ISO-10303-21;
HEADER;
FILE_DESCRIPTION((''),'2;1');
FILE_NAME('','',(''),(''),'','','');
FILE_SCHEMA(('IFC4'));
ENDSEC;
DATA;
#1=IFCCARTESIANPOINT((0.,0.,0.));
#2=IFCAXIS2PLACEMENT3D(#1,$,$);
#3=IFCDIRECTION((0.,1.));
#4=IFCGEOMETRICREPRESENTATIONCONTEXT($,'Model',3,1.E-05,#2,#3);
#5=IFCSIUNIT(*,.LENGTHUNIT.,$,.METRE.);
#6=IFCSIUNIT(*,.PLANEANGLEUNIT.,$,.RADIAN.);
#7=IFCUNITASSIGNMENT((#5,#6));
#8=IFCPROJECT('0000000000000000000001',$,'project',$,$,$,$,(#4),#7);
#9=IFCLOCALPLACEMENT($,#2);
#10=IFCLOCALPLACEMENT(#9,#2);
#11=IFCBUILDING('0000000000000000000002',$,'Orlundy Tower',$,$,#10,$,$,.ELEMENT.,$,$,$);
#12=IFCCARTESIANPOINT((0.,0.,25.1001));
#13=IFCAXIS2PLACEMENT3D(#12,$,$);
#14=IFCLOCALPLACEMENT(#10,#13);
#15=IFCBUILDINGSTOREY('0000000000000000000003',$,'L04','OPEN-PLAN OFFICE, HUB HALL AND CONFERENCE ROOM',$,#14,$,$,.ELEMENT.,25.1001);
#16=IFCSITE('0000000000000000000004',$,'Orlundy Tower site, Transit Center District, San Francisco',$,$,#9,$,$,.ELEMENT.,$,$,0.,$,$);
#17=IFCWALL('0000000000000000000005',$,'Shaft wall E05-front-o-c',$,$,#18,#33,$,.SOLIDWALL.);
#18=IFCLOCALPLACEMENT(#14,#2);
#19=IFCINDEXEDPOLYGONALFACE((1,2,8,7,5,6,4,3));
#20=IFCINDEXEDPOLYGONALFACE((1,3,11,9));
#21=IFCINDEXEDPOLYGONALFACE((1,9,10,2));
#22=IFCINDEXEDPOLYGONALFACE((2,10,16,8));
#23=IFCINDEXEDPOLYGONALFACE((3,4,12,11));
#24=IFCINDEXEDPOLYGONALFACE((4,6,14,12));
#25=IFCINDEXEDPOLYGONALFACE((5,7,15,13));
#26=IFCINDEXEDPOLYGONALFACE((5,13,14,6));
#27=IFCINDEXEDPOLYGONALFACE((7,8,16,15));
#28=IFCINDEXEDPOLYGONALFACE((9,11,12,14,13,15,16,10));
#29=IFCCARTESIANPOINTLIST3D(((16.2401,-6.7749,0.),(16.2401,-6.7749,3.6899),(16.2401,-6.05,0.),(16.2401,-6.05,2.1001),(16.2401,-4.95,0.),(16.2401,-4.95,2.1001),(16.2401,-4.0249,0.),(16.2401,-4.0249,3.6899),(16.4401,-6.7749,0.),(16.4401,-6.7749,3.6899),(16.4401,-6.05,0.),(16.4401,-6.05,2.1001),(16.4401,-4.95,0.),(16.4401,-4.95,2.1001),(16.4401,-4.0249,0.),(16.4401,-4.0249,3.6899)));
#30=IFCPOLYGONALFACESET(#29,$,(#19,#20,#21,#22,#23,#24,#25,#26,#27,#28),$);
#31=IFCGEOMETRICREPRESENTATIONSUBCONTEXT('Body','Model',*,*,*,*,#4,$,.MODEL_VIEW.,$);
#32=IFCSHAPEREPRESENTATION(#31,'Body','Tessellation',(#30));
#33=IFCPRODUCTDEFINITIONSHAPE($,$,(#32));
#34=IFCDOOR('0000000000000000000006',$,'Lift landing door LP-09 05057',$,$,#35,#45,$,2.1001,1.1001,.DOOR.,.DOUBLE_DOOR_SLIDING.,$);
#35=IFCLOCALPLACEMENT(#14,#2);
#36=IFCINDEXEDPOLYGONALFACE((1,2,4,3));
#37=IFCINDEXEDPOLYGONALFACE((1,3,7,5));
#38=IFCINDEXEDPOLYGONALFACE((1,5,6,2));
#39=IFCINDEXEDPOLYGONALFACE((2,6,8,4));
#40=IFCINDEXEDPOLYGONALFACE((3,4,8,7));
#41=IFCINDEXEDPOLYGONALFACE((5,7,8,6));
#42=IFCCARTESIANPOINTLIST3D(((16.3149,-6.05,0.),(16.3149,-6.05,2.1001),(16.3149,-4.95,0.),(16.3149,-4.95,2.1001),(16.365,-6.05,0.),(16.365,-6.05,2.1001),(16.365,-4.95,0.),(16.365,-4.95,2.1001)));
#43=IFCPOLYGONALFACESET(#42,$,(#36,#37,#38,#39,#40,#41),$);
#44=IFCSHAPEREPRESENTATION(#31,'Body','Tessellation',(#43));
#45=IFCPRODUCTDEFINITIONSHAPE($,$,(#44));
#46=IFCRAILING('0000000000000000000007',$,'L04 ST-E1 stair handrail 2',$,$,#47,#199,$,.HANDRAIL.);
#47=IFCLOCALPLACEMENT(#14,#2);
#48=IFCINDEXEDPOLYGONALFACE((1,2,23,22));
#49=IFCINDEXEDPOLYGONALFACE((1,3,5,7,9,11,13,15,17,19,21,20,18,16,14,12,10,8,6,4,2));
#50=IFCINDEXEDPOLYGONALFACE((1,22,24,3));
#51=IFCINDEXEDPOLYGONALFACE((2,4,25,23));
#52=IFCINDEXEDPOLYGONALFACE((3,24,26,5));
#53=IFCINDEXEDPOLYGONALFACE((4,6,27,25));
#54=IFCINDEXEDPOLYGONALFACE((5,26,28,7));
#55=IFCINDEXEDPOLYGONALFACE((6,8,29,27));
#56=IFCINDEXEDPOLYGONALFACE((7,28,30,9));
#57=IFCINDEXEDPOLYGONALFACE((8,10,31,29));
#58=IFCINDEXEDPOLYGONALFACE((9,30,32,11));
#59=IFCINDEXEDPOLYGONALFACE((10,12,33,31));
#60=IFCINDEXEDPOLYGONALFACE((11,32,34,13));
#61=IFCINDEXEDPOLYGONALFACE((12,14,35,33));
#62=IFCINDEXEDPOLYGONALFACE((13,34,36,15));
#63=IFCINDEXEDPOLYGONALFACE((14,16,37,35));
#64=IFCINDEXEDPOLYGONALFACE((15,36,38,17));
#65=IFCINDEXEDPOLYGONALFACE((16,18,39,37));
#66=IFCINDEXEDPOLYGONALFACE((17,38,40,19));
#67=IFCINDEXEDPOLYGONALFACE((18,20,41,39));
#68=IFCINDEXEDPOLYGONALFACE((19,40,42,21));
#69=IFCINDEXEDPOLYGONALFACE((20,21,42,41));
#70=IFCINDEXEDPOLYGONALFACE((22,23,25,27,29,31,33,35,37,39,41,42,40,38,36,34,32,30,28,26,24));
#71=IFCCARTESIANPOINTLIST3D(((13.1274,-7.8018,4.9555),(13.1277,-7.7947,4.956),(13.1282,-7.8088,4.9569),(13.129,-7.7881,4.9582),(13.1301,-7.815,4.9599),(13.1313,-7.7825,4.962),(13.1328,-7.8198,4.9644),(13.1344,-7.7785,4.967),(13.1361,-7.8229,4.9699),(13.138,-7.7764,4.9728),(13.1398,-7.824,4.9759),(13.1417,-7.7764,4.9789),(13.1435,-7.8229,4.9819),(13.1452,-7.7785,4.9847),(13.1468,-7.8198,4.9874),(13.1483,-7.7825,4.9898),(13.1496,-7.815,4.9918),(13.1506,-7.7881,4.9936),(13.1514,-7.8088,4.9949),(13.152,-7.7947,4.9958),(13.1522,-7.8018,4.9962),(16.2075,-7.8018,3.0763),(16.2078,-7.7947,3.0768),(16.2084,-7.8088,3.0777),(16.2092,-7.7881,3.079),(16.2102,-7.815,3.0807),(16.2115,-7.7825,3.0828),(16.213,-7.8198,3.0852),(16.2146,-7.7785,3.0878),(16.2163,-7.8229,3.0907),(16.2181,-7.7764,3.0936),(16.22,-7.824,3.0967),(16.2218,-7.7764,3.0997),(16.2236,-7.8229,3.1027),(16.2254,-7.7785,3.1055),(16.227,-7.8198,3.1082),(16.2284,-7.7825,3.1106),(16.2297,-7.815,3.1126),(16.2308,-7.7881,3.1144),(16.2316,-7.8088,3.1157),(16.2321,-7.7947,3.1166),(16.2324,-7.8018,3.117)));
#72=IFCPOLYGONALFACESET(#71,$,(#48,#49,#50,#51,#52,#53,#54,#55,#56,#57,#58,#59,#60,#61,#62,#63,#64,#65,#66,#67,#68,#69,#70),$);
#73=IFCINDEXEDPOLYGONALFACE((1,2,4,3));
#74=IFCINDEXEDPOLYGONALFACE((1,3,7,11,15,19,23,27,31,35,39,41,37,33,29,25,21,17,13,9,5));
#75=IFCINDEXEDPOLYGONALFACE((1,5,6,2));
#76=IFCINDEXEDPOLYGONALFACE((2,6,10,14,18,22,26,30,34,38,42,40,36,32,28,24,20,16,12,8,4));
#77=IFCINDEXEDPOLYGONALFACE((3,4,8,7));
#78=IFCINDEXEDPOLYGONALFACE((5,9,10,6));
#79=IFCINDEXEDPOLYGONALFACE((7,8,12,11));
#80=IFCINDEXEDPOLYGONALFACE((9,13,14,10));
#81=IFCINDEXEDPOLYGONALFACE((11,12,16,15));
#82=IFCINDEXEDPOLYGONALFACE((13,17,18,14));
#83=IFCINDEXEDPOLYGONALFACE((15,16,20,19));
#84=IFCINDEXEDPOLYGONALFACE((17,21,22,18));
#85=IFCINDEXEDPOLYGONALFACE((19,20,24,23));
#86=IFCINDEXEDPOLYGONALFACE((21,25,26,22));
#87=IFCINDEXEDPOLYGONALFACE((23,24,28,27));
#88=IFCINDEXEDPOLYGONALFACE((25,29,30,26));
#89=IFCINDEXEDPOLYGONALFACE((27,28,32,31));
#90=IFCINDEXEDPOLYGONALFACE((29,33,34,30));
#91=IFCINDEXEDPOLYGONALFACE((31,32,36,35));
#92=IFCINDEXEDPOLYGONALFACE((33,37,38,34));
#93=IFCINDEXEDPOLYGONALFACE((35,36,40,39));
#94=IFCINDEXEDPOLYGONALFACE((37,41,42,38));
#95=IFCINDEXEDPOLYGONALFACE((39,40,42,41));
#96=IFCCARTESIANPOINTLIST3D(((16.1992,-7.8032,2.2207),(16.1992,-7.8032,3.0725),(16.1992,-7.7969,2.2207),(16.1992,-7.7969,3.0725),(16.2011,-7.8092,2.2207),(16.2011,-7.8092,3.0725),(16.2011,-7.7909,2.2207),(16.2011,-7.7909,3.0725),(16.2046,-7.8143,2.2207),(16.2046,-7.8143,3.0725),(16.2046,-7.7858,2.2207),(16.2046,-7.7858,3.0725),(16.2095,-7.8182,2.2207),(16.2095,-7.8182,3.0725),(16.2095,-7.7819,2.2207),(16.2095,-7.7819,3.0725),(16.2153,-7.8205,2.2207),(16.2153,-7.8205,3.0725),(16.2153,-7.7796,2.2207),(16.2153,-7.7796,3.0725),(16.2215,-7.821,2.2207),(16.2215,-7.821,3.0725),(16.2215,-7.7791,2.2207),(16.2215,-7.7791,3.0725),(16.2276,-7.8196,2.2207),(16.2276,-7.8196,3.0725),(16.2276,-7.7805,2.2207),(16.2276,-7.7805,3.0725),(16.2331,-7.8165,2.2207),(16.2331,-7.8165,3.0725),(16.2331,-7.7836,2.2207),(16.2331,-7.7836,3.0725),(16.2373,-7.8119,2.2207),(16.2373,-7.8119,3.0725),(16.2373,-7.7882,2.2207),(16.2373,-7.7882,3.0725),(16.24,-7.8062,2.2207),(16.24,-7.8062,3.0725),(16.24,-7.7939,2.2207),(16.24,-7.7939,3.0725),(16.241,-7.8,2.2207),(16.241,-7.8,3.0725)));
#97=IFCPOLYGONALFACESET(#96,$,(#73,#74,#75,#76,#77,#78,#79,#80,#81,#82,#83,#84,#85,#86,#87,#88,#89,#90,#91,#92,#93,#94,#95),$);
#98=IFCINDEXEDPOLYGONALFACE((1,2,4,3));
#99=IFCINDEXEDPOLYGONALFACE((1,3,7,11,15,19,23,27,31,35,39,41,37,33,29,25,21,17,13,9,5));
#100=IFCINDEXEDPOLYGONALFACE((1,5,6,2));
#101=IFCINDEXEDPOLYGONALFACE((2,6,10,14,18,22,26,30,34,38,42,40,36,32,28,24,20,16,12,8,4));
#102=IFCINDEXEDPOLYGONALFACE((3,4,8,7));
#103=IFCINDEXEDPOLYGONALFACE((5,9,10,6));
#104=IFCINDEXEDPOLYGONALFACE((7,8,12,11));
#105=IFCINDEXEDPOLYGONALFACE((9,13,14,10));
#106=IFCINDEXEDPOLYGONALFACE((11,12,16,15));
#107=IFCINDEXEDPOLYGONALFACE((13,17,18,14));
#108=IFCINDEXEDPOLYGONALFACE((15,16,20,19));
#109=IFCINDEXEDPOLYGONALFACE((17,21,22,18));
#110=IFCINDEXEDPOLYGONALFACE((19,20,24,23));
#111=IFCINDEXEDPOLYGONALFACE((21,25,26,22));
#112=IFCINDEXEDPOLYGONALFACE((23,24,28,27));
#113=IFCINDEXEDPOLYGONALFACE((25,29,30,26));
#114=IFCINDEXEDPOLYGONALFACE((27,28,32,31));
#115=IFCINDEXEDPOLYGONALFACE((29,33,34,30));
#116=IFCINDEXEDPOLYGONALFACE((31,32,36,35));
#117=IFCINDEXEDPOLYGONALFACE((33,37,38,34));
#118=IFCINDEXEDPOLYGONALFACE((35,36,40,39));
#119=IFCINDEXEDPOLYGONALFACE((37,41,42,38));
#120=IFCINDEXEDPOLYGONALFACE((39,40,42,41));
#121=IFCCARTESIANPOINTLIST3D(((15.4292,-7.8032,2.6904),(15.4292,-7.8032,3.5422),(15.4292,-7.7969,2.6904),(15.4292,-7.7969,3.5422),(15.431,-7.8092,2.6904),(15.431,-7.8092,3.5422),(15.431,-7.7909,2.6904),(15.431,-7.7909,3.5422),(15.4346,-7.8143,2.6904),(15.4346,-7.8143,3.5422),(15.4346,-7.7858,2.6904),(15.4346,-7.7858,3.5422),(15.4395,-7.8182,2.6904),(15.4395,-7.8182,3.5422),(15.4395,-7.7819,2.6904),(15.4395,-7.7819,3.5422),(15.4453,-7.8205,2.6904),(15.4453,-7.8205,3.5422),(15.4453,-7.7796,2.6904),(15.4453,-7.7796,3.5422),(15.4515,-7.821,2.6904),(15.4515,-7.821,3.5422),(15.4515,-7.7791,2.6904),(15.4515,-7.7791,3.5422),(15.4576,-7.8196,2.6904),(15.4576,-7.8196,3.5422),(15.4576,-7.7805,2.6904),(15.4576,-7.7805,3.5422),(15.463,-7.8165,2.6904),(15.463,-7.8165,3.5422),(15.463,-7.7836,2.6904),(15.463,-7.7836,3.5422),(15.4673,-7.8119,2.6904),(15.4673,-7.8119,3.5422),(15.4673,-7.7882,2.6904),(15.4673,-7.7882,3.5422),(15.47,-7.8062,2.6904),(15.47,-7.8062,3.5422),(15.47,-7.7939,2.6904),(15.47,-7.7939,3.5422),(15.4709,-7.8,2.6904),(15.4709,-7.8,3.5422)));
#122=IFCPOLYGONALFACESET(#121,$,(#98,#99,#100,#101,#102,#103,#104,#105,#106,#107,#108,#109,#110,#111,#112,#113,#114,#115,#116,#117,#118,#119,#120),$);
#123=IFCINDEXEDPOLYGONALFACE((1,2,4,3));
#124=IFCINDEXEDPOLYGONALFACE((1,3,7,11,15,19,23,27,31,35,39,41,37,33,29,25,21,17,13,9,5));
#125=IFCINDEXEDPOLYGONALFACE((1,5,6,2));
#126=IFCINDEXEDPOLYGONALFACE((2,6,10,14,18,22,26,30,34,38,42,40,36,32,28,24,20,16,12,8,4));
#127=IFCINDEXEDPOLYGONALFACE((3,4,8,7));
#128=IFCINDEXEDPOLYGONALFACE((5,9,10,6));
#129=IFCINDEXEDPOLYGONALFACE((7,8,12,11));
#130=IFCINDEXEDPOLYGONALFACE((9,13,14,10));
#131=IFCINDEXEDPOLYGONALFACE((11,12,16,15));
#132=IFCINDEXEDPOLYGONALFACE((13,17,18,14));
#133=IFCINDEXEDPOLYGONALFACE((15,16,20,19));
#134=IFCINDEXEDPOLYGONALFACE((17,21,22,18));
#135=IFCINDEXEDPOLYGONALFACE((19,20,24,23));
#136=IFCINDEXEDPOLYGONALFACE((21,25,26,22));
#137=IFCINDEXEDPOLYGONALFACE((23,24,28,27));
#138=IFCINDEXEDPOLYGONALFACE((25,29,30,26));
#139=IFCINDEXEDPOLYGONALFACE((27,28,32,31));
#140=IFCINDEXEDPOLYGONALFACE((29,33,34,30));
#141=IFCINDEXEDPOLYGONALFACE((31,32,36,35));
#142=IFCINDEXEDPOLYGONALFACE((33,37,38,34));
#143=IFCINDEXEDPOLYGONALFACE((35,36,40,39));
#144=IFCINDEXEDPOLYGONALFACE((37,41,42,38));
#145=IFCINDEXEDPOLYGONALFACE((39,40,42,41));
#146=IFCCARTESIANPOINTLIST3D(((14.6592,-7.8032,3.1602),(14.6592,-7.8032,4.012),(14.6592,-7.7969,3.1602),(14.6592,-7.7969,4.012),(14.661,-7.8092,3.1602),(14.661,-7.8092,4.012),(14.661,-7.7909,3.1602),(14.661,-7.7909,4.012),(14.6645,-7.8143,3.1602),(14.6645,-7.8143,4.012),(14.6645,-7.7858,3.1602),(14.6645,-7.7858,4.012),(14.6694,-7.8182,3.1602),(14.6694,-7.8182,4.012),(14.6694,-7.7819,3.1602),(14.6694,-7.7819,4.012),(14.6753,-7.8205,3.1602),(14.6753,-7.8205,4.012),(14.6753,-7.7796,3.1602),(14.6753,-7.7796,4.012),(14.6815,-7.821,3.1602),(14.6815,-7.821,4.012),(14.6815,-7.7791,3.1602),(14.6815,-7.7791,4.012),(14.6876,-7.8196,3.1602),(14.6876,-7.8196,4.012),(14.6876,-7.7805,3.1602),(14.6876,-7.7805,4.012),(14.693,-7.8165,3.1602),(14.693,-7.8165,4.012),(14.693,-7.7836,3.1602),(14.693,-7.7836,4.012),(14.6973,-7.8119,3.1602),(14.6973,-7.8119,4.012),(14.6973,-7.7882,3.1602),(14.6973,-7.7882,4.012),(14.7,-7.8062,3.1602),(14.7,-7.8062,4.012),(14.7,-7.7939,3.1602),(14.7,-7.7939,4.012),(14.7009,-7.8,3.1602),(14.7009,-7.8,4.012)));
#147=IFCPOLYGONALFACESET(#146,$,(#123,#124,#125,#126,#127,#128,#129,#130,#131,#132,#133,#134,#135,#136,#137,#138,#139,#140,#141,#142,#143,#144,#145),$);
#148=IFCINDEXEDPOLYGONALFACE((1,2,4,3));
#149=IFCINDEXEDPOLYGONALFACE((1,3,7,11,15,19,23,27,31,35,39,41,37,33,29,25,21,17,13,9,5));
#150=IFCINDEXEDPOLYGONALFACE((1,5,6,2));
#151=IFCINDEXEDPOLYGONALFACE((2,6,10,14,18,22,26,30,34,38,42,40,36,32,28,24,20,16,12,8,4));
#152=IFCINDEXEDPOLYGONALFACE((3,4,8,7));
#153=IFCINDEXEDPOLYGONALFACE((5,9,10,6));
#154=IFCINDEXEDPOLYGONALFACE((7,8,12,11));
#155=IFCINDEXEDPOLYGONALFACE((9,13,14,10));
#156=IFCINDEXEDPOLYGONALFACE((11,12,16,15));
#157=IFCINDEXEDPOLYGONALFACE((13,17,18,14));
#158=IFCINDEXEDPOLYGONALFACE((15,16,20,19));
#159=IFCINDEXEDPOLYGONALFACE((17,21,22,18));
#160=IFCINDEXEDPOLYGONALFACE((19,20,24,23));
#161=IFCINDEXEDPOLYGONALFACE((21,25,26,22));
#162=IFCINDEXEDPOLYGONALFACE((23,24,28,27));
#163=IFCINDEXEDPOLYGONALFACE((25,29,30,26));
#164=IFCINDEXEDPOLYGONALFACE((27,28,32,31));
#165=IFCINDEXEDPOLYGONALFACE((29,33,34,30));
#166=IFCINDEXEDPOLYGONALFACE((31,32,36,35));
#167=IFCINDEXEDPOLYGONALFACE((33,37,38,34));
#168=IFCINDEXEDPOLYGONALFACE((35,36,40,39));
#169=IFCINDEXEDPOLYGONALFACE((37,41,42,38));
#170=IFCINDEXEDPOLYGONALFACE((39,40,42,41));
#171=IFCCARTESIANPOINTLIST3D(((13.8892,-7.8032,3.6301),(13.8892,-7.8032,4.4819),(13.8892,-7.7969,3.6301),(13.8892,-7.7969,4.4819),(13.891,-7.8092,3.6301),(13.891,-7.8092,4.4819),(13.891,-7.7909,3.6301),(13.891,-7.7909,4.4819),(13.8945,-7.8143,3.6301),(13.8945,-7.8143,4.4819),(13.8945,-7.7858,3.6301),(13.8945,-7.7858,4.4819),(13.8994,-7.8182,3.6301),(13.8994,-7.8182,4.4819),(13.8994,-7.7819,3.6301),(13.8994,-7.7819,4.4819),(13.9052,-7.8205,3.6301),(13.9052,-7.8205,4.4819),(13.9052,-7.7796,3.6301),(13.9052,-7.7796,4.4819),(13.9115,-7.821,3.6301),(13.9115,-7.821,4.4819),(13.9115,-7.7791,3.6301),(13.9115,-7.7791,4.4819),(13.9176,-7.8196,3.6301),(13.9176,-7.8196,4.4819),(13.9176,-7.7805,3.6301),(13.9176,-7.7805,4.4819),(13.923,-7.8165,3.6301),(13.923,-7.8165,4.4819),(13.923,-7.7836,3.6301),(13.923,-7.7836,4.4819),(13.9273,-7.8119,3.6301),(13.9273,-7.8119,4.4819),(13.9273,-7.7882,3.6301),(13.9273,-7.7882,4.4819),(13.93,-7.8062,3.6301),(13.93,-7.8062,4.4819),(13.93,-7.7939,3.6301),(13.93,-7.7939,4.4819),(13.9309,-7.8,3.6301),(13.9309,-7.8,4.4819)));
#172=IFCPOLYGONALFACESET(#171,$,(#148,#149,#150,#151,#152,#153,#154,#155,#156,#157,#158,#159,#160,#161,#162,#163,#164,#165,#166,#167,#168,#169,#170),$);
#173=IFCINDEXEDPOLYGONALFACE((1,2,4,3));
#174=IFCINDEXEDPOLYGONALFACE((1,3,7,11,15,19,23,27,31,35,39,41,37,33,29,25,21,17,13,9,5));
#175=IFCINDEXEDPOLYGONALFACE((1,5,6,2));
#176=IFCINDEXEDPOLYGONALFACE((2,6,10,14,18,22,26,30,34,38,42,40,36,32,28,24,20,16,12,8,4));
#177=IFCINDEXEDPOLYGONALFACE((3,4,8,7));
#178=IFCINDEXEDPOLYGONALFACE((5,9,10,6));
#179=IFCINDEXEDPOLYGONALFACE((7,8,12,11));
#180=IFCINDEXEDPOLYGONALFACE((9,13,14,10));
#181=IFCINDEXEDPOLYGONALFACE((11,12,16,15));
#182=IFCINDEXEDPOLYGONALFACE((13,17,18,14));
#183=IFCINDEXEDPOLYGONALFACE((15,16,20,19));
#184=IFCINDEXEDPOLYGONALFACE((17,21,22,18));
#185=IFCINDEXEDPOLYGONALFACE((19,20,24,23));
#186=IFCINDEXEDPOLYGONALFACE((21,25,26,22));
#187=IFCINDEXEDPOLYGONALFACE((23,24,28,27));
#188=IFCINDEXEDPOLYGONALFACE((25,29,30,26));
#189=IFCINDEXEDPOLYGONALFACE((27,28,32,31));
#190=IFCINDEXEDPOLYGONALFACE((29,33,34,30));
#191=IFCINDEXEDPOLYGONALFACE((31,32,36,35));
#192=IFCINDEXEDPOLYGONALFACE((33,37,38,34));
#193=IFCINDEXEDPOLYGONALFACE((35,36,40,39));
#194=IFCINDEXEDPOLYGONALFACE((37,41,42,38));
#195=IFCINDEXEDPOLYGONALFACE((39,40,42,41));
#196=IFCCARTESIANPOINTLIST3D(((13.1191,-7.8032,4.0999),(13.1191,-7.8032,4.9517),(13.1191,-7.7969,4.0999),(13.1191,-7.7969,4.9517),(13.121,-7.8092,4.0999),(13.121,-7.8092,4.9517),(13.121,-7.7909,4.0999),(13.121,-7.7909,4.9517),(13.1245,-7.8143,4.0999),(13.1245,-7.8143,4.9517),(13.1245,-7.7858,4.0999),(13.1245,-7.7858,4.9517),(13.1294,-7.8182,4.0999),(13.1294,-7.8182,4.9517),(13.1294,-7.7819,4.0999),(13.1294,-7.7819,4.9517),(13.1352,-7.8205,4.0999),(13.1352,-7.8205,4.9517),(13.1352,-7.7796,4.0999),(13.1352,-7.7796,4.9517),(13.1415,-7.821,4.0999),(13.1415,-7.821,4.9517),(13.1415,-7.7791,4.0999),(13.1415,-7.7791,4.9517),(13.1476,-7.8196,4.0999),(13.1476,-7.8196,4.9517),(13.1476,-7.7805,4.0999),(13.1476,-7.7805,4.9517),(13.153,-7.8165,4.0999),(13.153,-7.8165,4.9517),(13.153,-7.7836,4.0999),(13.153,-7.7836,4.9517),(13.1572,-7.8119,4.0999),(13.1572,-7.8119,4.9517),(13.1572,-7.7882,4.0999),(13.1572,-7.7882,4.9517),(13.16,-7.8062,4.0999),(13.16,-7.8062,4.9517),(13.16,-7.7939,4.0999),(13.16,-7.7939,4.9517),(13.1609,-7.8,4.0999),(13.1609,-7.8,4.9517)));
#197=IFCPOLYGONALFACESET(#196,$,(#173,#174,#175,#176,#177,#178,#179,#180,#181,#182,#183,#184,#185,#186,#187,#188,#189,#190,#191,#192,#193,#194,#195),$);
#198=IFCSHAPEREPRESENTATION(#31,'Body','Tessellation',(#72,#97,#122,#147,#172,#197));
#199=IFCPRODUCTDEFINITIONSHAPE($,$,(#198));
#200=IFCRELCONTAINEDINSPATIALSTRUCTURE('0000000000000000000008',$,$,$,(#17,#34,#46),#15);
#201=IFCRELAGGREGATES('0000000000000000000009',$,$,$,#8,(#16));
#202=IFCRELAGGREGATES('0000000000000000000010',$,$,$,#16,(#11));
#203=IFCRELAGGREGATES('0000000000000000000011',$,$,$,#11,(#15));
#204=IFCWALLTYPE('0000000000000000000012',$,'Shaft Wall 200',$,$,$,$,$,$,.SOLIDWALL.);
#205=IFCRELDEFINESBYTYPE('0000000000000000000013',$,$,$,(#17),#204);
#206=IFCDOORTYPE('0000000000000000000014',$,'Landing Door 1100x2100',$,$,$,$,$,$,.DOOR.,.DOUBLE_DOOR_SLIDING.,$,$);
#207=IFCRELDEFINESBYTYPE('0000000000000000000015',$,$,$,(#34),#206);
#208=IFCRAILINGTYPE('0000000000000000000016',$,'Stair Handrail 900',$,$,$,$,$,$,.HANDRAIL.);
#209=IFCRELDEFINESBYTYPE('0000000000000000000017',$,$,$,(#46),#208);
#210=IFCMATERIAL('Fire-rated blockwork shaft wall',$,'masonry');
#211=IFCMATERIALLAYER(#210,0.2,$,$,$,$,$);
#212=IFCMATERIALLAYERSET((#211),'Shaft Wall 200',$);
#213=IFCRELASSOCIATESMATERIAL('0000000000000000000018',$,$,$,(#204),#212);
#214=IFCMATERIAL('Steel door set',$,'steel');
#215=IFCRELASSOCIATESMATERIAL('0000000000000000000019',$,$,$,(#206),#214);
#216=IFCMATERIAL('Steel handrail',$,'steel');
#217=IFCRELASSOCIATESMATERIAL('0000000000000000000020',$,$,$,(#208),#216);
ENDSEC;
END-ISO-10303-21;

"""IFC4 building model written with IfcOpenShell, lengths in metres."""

from ifc_helpers import new_model, si_unit, direction, frame, frame_2d, origin, origin_2d, place, context, subcontext, project, spatial, rectangle, circle, extrude, material, layer, layer_set, type_object, element, fill, save


model = new_model("IFC4")

# Units and contexts
model_context = context("Model", 3, precision=1e-05, world=origin(), true_north=direction((0.0, 1.0)))
body_context = subcontext(model_context, "Body", "Model", "MODEL_VIEW")
ifc_project = project(units=[si_unit("LENGTHUNIT", "METRE"), si_unit("PLANEANGLEUNIT", "RADIAN")], contexts=[model_context])

# Site, building, storey
site_placement = place(None, origin())
site = spatial("IfcSite", under=ifc_project, at=site_placement, Name="Orlundy Tower site, Transit Center District, San Francisco", CompositionType="ELEMENT", RefElevation=0.0)
building_placement = place(site_placement, origin())
building = spatial("IfcBuilding", under=site, at=building_placement, Name="Orlundy Tower", CompositionType="ELEMENT")
storey_placement = place(building_placement, frame((0.0, 0.0, 25.1001)))
storey = spatial("IfcBuildingStorey", under=building, at=storey_placement, Name="L04", Description="OPEN-PLAN OFFICE, HUB HALL AND CONFERENCE ROOM", CompositionType="ELEMENT", Elevation=25.1001)

# Wall, opening, door
ifc_material_1 = material(Name="Fire-rated blockwork shaft wall", Category="masonry")
ifc_layer_1 = layer(ifc_material_1, 0.2)
ifc_layer_set_1 = layer_set([ifc_layer_1], Name="Shaft Wall 200")
wall_type_1 = type_object("IfcWallType", Name="Shaft Wall 200", PredefinedType="SOLIDWALL", material=ifc_layer_set_1)
wall_1_placement = place(storey_placement, frame((16.3401, -4.0249, 0.0), z_axis=(0.0, 0.0, 1.0), x_axis=(0.0, -1.0, 0.0)))
wall_1 = element("IfcWall", 1, at=wall_1_placement, inside=storey, type_object=wall_type_1, Name="Shaft wall E05-front-o-c", PredefinedType="SOLIDWALL", context=body_context, shape_type="SweptSolid", body=[
    extrude(rectangle(XDim=2.75, YDim=0.2, at=frame_2d((1.375, 0.0))), origin(), (0.0, 0.0, 1.0), 3.6899),
])
opening_1_placement = place(wall_1_placement, frame((0.925, 0.0, 0.0)))
opening_1 = element("IfcOpeningElement", 2, at=opening_1_placement, cuts=wall_1, PredefinedType="OPENING", context=body_context, shape_type="SweptSolid", body=[
    extrude(rectangle(XDim=1.1001, YDim=2.1001, at=frame_2d((0.55, 1.05))), frame((0.0, 0.1101, 0.0), z_axis=(0.0, -1.0, 0.0), x_axis=(1.0, 0.0, 0.0)), (0.0, 0.0, 1.0), 0.2202),
])
ifc_material_2 = material(Name="Steel door set", Category="steel")
door_type_1 = type_object("IfcDoorType", Name="Landing Door 1100x2100", OperationType="DOUBLE_DOOR_SLIDING", PredefinedType="DOOR", material=ifc_material_2)
door_1_placement = place(opening_1_placement, origin())
door_1 = element("IfcDoor", 3, at=door_1_placement, inside=storey, type_object=door_type_1, Name="Lift landing door LP-09 05057", OperationType="DOUBLE_DOOR_SLIDING", OverallHeight=2.1001, OverallWidth=1.1001, PredefinedType="DOOR", context=body_context, shape_type="SweptSolid", body=[
    extrude(rectangle(XDim=1.1001, YDim=2.1001, at=frame_2d((0.55, 1.05))), frame((0.0, 0.0249, 0.0), z_axis=(0.0, -1.0, 0.0), x_axis=(1.0, 0.0, 0.0)), (0.0, 0.0, 1.0), 0.05),
])
fill(opening_1, door_1)

# Railing
ifc_material_3 = material(Name="Steel handrail", Category="steel")
railing_type_1 = type_object("IfcRailingType", Name="Stair Handrail 900", PredefinedType="HANDRAIL", material=ifc_material_3)
railing_1_placement = place(storey_placement, frame((16.22, -7.8, 2.2207)))
element("IfcRailing", 4, at=railing_1_placement, inside=storey, type_object=railing_type_1, Name="L04 ST-E1 stair handrail 2", PredefinedType="HANDRAIL", context=body_context, shape_type="SweptSolid", body=[
    extrude(circle(Radius=0.0239, at=origin_2d()), frame((0.0, 0.0, 0.876), z_axis=(-0.853666, 0.0, 0.52082), x_axis=(0.0, -1.0, 0.0)), (0.0, 0.0, 1.0), 3.6082),
    extrude(circle(Radius=0.021, at=origin_2d()), origin(), (0.0, 0.0, 1.0), 0.8518),
    extrude(circle(Radius=0.021, at=origin_2d()), frame((-0.77, 0.0, 0.4697)), (0.0, 0.0, 1.0), 0.8518),
    extrude(circle(Radius=0.021, at=origin_2d()), frame((-1.54, 0.0, 0.9395)), (0.0, 0.0, 1.0), 0.8518),
    extrude(circle(Radius=0.021, at=origin_2d()), frame((-2.3101, 0.0, 1.4094)), (0.0, 0.0, 1.0), 0.8518),
    extrude(circle(Radius=0.021, at=origin_2d()), frame((-3.0801, 0.0, 1.8792)), (0.0, 0.0, 1.0), 0.8518),
])

save(model, "model.ifc")
